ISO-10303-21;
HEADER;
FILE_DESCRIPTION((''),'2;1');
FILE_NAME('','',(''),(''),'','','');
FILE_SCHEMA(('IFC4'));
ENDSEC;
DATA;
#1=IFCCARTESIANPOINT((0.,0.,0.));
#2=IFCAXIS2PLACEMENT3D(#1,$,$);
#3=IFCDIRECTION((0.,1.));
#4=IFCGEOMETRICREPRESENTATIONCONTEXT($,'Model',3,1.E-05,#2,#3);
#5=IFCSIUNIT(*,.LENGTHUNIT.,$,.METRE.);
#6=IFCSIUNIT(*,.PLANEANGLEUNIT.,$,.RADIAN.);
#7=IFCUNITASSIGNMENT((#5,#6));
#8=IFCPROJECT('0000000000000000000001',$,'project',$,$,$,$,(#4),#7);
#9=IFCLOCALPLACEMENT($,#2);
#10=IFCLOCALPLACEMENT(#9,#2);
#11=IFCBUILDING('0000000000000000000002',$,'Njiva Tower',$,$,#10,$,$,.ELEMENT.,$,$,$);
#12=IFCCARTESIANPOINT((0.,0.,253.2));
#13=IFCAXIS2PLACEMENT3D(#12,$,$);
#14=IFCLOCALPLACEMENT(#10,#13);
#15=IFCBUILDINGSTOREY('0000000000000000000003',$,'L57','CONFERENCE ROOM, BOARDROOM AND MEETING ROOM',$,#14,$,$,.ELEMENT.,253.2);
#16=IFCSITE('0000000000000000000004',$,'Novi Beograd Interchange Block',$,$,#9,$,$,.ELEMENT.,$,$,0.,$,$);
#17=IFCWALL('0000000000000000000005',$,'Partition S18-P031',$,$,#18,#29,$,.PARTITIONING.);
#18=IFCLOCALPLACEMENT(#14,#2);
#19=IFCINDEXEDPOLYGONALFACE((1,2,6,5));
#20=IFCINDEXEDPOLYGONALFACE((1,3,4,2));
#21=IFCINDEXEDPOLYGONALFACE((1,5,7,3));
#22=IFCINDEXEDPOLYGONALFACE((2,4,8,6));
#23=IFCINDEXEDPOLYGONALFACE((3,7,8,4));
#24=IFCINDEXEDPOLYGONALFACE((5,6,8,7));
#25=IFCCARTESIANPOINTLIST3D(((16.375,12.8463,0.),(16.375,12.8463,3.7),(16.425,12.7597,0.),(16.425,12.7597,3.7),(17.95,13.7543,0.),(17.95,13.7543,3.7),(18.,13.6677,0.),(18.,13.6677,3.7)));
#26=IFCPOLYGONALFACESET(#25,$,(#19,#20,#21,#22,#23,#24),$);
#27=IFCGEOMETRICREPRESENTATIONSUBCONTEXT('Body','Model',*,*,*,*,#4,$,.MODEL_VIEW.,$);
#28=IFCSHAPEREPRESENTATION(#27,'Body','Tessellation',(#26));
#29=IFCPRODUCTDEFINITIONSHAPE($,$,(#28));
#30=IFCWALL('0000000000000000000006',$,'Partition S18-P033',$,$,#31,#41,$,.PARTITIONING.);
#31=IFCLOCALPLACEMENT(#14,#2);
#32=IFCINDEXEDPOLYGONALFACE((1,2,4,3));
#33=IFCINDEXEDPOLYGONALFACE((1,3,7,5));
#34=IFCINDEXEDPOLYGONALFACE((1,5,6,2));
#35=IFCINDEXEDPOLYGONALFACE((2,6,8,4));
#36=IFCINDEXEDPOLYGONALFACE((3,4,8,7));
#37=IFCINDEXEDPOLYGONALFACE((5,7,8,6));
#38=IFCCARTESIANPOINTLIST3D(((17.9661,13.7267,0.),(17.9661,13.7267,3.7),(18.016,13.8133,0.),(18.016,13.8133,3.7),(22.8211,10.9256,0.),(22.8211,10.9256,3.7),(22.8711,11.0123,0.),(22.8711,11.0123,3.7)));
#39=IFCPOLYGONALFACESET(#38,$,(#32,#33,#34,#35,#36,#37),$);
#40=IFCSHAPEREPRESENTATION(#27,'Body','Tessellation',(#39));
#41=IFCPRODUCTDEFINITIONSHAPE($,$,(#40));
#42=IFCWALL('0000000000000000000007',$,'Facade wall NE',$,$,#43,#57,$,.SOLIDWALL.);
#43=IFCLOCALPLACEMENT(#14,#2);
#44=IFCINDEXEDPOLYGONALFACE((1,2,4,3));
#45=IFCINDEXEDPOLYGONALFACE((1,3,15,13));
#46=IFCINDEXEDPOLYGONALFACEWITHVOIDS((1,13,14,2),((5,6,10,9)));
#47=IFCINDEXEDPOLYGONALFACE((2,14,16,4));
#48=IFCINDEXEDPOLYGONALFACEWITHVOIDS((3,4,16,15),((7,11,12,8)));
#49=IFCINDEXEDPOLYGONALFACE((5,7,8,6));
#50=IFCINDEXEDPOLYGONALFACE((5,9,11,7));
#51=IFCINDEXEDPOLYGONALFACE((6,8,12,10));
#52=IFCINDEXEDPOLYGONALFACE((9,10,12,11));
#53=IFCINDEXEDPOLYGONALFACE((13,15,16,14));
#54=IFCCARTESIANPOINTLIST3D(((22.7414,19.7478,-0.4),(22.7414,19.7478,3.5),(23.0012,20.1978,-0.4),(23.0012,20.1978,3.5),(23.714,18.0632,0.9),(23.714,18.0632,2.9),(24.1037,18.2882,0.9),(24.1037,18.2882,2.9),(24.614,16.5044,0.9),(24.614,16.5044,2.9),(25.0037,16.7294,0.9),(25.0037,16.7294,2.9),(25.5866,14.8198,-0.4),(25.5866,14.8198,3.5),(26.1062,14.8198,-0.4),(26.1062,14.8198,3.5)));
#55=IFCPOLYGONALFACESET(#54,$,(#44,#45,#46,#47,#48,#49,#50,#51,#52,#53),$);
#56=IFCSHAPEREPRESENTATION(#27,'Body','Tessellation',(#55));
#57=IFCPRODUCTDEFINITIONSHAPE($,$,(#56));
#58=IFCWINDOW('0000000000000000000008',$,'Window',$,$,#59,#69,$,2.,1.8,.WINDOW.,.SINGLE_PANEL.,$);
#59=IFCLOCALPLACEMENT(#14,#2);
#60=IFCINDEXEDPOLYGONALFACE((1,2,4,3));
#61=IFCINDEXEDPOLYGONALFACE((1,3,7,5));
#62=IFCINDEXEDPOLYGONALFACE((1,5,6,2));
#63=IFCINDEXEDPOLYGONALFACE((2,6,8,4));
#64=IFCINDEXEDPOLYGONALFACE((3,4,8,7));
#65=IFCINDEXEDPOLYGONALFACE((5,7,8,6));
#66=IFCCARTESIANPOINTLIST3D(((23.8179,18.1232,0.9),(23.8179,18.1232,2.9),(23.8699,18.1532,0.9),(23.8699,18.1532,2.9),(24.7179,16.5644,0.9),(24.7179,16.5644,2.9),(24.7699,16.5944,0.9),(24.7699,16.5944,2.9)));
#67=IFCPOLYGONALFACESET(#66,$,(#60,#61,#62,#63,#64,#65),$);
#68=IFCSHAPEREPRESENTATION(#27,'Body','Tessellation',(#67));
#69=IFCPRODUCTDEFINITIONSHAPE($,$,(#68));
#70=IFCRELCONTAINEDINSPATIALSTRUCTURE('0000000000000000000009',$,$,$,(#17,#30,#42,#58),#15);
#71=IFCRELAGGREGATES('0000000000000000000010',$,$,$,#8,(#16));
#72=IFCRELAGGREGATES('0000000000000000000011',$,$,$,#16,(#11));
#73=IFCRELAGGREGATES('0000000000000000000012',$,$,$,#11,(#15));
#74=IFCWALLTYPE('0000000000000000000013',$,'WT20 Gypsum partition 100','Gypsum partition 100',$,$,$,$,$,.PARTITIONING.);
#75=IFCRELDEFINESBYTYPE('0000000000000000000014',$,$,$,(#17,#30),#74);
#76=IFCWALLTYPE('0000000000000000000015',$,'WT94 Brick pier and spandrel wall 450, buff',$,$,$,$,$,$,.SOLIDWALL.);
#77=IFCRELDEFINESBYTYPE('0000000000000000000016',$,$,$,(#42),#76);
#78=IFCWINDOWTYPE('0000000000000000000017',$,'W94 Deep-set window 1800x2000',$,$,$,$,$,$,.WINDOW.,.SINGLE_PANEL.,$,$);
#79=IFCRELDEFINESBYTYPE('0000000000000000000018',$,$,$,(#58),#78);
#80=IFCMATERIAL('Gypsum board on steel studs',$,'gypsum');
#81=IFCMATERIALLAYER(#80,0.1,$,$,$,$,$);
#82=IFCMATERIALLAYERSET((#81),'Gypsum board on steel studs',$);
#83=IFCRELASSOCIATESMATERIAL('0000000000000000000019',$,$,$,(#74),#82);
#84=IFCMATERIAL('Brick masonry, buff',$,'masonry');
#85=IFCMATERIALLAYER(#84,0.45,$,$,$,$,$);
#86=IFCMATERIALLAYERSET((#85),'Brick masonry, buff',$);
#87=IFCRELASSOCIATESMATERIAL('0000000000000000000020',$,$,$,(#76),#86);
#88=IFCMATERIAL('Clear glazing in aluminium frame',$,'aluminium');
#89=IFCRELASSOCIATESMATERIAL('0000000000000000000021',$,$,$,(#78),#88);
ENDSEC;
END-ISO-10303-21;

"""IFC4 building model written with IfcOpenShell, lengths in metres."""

from ifc_helpers import new_model, si_unit, direction, frame, frame_2d, origin, place, context, subcontext, project, spatial, polyline, rectangle, outline, extrude, material, layer, layer_set, type_object, element, fill, save


model = new_model("IFC4")

# Units and contexts
model_context = context("Model", 3, precision=1e-05, world=origin(), true_north=direction((0.0, 1.0)))
body_context = subcontext(model_context, "Body", "Model", "MODEL_VIEW")
ifc_project = project(units=[si_unit("LENGTHUNIT", "METRE"), si_unit("PLANEANGLEUNIT", "RADIAN")], contexts=[model_context])

# Site, building, storey
site_placement = place(None, origin())
site = spatial("IfcSite", under=ifc_project, at=site_placement, Name="Novi Beograd Interchange Block", CompositionType="ELEMENT", RefElevation=0.0)
building_placement = place(site_placement, origin())
building = spatial("IfcBuilding", under=site, at=building_placement, Name="Njiva Tower", CompositionType="ELEMENT")
storey_placement = place(building_placement, frame((0.0, 0.0, 253.2)))
storey = spatial("IfcBuildingStorey", under=building, at=storey_placement, Name="L57", Description="CONFERENCE ROOM, BOARDROOM AND MEETING ROOM", CompositionType="ELEMENT", Elevation=253.2)

# Walls
ifc_material_1 = material(Name="Gypsum board on steel studs", Category="gypsum")
ifc_layer_1 = layer(ifc_material_1, 0.1)
ifc_layer_set_1 = layer_set([ifc_layer_1], Name="Gypsum board on steel studs")
wall_type_1 = type_object("IfcWallType", Name="WT20 Gypsum partition 100", Description="Gypsum partition 100", PredefinedType="PARTITIONING", material=ifc_layer_set_1)
wall_1_placement = place(storey_placement, frame((16.4, 12.803, 0.0), z_axis=(0.0, 0.0, 1.0), x_axis=(0.866341, 0.499453, 0.0)))
element("IfcWall", 1, at=wall_1_placement, inside=storey, type_object=wall_type_1, Name="Partition S18-P031", PredefinedType="PARTITIONING", context=body_context, shape_type="SweptSolid", body=[
    extrude(rectangle(XDim=1.818, YDim=0.1, at=frame_2d((0.909, 0.0))), origin(), (0.0, 0.0, 1.0), 3.7),
])
wall_2_placement = place(storey_placement, frame((17.991, 13.77, 0.0), z_axis=(0.0, 0.0, 1.0), x_axis=(0.866183, -0.499728, 0.0)))
element("IfcWall", 2, at=wall_2_placement, inside=storey, type_object=wall_type_1, Name="Partition S18-P033", PredefinedType="PARTITIONING", context=body_context, shape_type="SweptSolid", body=[
    extrude(rectangle(XDim=5.6051, YDim=0.1, at=frame_2d((2.8026, 0.0))), origin(), (0.0, 0.0, 1.0), 3.7),
])

# Shared definitions
ifc_material_2 = material(Name="Clear glazing in aluminium frame", Category="aluminium")

# Wall, opening, window
ifc_material_3 = material(Name="Brick masonry, buff", Category="masonry")
ifc_layer_2 = layer(ifc_material_3, 0.45)
ifc_layer_set_2 = layer_set([ifc_layer_2], Name="Brick masonry, buff")
wall_type_2 = type_object("IfcWallType", Name="WT94 Brick pier and spandrel wall 450, buff", PredefinedType="SOLIDWALL", material=ifc_layer_set_2)
wall_3_placement = place(storey_placement, frame((25.8464, 14.8198, -0.4), z_axis=(0.0, 0.0, 1.0), x_axis=(-0.500002, 0.866024, 0.0)))
wall_3 = element("IfcWall", 3, at=wall_3_placement, inside=storey, type_object=wall_type_2, Name="Facade wall NE", PredefinedType="SOLIDWALL", context=body_context, shape_type="SweptSolid", body=[
    extrude(outline(polyline([(-0.1299, -0.225), (6.0801, -0.225), (5.8203, 0.225), (0.1299, 0.225), (-0.1299, -0.225)])), origin(), (0.0, 0.0, 1.0), 3.9),
])
opening_1_placement = place(wall_3_placement, frame((2.0751, 0.0, 1.3)))
opening_1 = element("IfcOpeningElement", 4, at=opening_1_placement, cuts=wall_3, PredefinedType="OPENING", context=body_context, shape_type="SweptSolid", body=[
    extrude(rectangle(XDim=1.8, YDim=2.0, at=frame_2d((0.9, 1.0))), frame((0.0, 0.235, 0.0), z_axis=(0.0, -1.0, 0.0), x_axis=(1.0, 0.0, 0.0)), (0.0, 0.0, 1.0), 0.47),
])
window_type_1 = type_object("IfcWindowType", Name="W94 Deep-set window 1800x2000", PartitioningType="SINGLE_PANEL", PredefinedType="WINDOW", material=ifc_material_2)
window_1_placement = place(opening_1_placement, origin())
window_1 = element("IfcWindow", 5, at=window_1_placement, inside=storey, type_object=window_type_1, Name="Window", OverallHeight=2.0, OverallWidth=1.8, PartitioningType="SINGLE_PANEL", PredefinedType="WINDOW", context=body_context, shape_type="SweptSolid", body=[
    extrude(rectangle(XDim=1.8, YDim=2.0, at=frame_2d((0.9, 1.0))), frame((0.0, 0.105, 0.0), z_axis=(0.0, -1.0, 0.0), x_axis=(1.0, 0.0, 0.0)), (0.0, 0.0, 1.0), 0.06),
])
fill(opening_1, window_1)

save(model, "model.ifc")
